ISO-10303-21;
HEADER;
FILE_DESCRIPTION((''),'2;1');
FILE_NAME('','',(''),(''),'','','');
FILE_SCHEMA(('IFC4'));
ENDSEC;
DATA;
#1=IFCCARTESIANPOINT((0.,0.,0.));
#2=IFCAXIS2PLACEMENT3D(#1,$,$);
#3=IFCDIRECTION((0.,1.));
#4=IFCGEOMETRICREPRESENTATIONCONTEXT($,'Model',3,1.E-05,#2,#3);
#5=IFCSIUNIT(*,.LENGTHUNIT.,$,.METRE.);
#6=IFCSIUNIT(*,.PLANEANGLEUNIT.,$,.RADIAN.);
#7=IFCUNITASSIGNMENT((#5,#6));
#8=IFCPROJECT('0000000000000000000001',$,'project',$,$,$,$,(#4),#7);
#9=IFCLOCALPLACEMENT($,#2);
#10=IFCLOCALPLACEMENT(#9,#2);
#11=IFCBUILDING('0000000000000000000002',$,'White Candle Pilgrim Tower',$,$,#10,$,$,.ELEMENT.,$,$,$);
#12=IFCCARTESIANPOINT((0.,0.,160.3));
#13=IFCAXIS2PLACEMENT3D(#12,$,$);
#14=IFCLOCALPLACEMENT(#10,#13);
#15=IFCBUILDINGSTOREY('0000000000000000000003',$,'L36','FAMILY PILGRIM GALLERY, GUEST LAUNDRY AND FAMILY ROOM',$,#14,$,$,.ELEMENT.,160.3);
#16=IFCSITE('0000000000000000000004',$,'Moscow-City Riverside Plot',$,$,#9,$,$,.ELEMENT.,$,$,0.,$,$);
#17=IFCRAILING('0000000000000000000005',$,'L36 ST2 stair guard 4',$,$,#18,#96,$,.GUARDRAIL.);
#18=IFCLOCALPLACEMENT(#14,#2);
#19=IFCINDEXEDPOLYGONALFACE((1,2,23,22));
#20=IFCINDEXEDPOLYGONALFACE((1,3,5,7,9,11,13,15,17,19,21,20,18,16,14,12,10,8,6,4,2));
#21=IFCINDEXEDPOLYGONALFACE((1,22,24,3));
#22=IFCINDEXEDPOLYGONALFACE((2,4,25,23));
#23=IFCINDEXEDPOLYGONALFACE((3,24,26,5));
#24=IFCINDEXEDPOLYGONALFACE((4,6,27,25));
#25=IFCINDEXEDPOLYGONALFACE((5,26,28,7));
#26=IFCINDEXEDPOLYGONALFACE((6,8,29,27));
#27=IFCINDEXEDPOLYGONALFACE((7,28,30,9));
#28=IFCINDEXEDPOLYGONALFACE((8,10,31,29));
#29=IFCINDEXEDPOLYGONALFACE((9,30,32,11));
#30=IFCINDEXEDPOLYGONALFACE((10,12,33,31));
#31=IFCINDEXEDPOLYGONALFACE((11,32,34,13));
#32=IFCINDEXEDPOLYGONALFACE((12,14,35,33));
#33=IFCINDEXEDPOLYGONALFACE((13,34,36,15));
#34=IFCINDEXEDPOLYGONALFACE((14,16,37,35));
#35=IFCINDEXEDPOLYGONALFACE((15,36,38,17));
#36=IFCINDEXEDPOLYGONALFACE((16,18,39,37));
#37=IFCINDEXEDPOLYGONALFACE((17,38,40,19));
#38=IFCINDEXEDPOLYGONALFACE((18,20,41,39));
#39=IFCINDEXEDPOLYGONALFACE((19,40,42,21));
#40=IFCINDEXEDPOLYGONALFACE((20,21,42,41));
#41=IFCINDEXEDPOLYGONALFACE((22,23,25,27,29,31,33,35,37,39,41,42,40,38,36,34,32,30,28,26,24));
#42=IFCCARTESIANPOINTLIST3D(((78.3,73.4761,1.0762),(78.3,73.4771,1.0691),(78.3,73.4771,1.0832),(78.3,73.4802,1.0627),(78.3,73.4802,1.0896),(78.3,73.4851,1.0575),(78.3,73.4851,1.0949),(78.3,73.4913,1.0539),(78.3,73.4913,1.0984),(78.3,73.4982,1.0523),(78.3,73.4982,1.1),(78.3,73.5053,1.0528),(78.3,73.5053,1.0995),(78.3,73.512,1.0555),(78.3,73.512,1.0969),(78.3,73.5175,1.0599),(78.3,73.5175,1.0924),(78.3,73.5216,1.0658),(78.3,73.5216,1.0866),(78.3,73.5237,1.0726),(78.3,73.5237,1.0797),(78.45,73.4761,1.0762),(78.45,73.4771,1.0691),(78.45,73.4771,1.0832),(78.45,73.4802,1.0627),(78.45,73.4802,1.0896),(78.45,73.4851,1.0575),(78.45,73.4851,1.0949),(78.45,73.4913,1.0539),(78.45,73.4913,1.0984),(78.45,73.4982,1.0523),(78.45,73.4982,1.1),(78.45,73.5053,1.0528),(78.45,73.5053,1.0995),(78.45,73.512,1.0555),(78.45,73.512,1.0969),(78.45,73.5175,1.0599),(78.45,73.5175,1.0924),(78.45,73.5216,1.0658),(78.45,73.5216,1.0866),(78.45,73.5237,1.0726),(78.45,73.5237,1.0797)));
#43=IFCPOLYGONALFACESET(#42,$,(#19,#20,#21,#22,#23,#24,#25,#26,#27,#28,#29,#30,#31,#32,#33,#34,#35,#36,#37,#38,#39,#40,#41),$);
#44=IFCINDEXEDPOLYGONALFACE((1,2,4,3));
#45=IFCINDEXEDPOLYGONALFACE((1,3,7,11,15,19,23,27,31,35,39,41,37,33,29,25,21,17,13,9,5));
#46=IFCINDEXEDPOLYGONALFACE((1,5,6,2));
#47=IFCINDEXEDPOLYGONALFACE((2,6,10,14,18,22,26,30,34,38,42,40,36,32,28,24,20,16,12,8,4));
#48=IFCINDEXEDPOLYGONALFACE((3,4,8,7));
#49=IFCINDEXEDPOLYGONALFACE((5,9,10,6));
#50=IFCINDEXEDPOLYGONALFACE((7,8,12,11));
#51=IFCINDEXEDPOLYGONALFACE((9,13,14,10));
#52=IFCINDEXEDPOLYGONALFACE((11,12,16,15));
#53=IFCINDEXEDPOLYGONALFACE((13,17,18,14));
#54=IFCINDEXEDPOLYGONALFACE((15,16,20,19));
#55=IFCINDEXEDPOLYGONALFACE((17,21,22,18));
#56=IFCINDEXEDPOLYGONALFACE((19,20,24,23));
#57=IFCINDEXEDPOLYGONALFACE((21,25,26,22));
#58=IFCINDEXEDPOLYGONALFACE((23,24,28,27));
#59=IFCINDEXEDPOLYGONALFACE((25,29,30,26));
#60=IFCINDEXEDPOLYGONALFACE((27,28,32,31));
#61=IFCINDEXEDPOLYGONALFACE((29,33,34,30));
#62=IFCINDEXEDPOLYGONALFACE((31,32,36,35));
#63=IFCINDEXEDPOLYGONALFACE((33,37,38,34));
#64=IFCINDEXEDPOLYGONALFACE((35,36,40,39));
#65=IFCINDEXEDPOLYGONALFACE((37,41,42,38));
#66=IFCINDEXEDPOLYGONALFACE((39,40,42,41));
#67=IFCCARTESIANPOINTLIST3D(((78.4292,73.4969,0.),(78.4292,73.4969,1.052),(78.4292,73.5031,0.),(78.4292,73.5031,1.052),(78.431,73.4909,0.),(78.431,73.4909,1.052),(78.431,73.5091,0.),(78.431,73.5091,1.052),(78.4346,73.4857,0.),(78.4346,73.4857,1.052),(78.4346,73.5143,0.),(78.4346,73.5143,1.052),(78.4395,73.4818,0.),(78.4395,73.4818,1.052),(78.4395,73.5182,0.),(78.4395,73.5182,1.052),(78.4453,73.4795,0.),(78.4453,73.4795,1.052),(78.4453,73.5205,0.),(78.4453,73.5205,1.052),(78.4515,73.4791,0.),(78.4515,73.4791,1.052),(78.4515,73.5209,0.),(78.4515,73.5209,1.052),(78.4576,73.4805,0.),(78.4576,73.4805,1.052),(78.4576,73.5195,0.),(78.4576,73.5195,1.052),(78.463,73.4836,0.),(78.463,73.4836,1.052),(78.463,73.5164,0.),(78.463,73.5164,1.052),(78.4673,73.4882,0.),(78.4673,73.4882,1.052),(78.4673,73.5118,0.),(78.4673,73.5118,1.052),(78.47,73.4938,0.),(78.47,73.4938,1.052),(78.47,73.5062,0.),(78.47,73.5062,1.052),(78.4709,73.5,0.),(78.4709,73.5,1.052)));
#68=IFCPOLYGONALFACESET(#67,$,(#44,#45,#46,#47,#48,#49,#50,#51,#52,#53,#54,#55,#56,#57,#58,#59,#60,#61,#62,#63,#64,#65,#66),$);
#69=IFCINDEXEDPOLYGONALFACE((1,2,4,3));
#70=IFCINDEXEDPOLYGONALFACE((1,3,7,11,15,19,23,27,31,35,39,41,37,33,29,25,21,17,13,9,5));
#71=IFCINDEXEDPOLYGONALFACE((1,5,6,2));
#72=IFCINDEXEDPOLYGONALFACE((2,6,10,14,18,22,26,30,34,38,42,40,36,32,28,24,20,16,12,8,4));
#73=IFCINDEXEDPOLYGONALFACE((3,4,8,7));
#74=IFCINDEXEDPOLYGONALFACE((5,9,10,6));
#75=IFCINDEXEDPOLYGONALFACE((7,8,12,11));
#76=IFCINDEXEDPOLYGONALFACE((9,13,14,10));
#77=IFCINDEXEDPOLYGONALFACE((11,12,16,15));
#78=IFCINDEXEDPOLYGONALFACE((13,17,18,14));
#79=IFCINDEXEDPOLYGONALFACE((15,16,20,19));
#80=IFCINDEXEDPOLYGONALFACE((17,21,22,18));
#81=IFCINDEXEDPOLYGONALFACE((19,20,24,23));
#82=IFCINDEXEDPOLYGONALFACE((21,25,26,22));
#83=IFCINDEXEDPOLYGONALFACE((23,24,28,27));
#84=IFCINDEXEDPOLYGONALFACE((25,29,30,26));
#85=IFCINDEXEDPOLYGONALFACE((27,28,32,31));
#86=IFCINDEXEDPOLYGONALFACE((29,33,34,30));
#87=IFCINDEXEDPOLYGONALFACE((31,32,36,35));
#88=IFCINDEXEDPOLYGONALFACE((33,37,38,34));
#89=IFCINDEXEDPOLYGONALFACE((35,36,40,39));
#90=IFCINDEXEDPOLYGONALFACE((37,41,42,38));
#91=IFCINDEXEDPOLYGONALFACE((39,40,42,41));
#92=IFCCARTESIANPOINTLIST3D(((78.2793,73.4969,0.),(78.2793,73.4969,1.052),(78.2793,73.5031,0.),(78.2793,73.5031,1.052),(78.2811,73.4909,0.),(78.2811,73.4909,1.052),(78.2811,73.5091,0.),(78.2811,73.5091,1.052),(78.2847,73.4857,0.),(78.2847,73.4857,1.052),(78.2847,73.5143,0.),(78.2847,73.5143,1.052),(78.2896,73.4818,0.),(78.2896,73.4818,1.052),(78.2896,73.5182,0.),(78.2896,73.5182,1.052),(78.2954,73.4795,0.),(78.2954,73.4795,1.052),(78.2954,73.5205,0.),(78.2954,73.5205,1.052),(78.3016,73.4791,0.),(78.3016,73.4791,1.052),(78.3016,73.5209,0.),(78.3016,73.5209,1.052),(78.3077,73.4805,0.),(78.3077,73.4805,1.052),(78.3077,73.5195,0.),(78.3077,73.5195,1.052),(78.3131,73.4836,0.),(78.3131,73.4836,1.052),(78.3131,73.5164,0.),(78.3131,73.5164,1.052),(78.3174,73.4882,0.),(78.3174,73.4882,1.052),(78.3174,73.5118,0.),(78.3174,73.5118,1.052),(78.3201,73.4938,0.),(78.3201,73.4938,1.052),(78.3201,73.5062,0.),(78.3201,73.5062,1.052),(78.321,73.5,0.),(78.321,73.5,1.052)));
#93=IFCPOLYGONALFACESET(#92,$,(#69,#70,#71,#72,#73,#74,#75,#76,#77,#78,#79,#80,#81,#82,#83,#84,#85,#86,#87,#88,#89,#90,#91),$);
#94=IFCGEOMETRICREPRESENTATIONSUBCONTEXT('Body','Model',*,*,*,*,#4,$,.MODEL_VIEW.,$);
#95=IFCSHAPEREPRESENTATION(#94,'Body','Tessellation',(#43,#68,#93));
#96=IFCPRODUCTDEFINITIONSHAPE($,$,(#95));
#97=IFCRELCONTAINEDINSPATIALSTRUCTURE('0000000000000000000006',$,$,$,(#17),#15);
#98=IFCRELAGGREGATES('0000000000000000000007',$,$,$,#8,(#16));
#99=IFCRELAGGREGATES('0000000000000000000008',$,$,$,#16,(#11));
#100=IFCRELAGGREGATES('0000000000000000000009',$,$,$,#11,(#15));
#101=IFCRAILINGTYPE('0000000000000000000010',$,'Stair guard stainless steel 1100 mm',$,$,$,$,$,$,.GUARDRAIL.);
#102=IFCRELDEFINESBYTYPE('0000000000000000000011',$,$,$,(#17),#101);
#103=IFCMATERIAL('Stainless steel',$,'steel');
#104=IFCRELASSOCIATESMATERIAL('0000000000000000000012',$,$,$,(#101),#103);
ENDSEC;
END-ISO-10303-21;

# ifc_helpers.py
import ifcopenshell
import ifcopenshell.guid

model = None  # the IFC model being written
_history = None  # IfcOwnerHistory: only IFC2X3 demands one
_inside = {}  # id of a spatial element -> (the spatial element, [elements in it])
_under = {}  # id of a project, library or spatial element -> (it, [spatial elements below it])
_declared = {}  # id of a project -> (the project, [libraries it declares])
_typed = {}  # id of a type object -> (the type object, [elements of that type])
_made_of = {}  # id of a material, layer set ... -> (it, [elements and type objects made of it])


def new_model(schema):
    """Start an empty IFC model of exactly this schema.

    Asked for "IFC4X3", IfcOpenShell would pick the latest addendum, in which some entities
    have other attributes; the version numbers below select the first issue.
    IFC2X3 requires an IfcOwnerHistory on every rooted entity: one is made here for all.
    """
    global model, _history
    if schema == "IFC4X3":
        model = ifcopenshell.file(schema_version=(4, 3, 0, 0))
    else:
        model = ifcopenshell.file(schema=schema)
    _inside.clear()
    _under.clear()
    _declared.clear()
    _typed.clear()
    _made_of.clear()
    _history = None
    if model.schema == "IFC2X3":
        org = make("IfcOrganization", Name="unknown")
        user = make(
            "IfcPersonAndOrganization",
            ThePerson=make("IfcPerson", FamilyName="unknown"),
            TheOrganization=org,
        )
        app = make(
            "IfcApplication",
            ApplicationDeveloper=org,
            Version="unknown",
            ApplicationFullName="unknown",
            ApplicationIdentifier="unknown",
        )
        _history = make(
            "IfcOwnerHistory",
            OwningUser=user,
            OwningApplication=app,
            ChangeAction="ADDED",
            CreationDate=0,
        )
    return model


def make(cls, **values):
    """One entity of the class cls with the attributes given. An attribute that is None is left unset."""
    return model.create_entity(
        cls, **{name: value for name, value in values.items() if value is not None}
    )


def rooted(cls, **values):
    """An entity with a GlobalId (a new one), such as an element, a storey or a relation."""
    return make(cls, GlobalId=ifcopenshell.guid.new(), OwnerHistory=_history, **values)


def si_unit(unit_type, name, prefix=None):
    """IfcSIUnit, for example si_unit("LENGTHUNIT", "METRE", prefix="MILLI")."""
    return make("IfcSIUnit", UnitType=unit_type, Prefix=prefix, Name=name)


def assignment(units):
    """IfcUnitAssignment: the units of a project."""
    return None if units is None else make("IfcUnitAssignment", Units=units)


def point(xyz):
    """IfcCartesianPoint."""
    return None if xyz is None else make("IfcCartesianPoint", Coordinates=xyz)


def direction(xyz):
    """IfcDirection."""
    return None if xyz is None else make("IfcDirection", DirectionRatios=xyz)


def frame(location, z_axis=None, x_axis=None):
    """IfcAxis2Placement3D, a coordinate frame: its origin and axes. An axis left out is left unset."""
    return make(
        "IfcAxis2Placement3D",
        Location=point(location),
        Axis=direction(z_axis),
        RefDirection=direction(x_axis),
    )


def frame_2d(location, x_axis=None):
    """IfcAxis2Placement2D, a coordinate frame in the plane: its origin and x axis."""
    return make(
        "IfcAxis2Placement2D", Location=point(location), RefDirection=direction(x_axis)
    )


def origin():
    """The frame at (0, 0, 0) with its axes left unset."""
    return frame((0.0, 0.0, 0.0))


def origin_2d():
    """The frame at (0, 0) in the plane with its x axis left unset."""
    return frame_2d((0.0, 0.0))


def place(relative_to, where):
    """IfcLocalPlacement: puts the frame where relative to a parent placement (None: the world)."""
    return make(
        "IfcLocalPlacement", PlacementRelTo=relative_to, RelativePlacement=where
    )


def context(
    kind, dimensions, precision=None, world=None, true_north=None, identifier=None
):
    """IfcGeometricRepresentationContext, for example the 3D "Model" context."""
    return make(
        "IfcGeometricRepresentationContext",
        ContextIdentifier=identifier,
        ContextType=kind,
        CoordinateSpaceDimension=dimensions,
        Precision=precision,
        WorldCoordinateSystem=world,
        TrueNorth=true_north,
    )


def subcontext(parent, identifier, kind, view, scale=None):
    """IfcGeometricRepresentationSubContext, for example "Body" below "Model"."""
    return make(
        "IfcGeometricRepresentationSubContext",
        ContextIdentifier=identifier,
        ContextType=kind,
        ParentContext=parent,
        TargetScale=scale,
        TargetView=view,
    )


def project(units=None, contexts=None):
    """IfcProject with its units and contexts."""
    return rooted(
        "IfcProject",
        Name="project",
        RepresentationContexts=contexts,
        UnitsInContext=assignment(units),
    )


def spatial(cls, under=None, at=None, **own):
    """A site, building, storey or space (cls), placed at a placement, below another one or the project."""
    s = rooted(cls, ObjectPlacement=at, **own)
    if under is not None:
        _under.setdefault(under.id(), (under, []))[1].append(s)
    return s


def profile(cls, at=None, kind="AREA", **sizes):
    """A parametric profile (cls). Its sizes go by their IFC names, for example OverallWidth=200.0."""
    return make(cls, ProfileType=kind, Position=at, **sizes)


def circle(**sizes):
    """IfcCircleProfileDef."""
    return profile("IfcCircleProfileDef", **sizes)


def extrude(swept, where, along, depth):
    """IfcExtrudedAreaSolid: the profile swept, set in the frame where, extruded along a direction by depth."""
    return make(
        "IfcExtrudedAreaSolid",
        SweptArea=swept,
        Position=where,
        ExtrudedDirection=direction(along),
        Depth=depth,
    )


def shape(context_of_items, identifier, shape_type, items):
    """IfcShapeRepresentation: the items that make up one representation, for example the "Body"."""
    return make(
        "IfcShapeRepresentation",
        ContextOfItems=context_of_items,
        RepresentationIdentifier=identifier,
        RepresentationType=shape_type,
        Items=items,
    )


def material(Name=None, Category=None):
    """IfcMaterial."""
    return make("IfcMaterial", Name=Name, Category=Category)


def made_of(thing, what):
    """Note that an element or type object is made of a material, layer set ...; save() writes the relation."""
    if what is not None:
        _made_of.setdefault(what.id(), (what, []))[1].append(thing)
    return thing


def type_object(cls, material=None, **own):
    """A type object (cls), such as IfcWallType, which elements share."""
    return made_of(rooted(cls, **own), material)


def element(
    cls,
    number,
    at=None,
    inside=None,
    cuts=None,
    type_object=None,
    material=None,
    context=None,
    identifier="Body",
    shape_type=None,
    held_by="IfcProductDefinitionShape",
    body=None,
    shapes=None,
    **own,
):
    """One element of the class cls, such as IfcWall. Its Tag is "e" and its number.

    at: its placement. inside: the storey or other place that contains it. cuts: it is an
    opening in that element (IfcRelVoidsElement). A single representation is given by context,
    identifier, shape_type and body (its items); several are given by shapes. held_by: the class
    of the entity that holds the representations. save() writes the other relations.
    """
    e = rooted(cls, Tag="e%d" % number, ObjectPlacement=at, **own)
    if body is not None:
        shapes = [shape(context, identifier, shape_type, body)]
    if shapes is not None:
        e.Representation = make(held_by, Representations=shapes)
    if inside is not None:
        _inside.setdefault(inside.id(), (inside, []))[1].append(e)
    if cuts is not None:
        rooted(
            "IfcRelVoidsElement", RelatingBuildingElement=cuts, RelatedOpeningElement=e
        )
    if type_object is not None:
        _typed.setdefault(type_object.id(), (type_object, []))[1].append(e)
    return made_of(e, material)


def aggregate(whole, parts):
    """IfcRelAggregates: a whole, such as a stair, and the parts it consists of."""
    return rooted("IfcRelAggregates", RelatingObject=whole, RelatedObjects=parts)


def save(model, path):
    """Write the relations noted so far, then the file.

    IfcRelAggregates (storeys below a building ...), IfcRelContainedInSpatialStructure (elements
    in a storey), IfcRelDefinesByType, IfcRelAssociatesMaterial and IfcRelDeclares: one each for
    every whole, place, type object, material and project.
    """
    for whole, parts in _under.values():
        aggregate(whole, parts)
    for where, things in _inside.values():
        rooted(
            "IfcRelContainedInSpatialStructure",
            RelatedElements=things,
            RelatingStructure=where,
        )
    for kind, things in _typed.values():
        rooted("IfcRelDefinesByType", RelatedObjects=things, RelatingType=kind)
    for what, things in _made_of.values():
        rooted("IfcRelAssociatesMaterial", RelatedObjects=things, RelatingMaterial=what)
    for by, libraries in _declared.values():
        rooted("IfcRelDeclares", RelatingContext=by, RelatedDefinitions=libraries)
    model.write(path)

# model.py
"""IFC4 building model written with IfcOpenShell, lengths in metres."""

from ifc_helpers import new_model, si_unit, direction, frame, origin, origin_2d, place, context, subcontext, project, spatial, circle, extrude, material, type_object, element, save


model = new_model("IFC4")

# Units and contexts
model_context = context("Model", 3, precision=1e-05, world=origin(), true_north=direction((0.0, 1.0)))
body_context = subcontext(model_context, "Body", "Model", "MODEL_VIEW")
ifc_project = project(units=[si_unit("LENGTHUNIT", "METRE"), si_unit("PLANEANGLEUNIT", "RADIAN")], contexts=[model_context])

# Site, building, storey
site_placement = place(None, origin())
site = spatial("IfcSite", under=ifc_project, at=site_placement, Name="Moscow-City Riverside Plot", CompositionType="ELEMENT", RefElevation=0.0)
building_placement = place(site_placement, origin())
building = spatial("IfcBuilding", under=site, at=building_placement, Name="White Candle Pilgrim Tower", CompositionType="ELEMENT")
storey_placement = place(building_placement, frame((0.0, 0.0, 160.3)))
storey = spatial("IfcBuildingStorey", under=building, at=storey_placement, Name="L36", Description="FAMILY PILGRIM GALLERY, GUEST LAUNDRY AND FAMILY ROOM", CompositionType="ELEMENT", Elevation=160.3)

# Railing
ifc_material_1 = material(Name="Stainless steel", Category="steel")
railing_type_1 = type_object("IfcRailingType", Name="Stair guard stainless steel 1100 mm", PredefinedType="GUARDRAIL", material=ifc_material_1)
railing_1_placement = place(storey_placement, frame((78.45, 73.5, 0.0)))
element("IfcRailing", 1, at=railing_1_placement, inside=storey, type_object=railing_type_1, Name="L36 ST2 stair guard 4", PredefinedType="GUARDRAIL", context=body_context, shape_type="SweptSolid", body=[
    extrude(circle(Radius=0.0239, at=origin_2d()), frame((0.0, 0.0, 1.0762), z_axis=(-1.0, 0.0, 0.0), x_axis=(0.0, -1.0, 0.0)), (0.0, 0.0, 1.0), 0.1499),
    extrude(circle(Radius=0.021, at=origin_2d()), origin(), (0.0, 0.0, 1.0), 1.052),
    extrude(circle(Radius=0.021, at=origin_2d()), frame((-0.1499, 0.0, 0.0)), (0.0, 0.0, 1.0), 1.052),
])

save(model, "model.ifc")
